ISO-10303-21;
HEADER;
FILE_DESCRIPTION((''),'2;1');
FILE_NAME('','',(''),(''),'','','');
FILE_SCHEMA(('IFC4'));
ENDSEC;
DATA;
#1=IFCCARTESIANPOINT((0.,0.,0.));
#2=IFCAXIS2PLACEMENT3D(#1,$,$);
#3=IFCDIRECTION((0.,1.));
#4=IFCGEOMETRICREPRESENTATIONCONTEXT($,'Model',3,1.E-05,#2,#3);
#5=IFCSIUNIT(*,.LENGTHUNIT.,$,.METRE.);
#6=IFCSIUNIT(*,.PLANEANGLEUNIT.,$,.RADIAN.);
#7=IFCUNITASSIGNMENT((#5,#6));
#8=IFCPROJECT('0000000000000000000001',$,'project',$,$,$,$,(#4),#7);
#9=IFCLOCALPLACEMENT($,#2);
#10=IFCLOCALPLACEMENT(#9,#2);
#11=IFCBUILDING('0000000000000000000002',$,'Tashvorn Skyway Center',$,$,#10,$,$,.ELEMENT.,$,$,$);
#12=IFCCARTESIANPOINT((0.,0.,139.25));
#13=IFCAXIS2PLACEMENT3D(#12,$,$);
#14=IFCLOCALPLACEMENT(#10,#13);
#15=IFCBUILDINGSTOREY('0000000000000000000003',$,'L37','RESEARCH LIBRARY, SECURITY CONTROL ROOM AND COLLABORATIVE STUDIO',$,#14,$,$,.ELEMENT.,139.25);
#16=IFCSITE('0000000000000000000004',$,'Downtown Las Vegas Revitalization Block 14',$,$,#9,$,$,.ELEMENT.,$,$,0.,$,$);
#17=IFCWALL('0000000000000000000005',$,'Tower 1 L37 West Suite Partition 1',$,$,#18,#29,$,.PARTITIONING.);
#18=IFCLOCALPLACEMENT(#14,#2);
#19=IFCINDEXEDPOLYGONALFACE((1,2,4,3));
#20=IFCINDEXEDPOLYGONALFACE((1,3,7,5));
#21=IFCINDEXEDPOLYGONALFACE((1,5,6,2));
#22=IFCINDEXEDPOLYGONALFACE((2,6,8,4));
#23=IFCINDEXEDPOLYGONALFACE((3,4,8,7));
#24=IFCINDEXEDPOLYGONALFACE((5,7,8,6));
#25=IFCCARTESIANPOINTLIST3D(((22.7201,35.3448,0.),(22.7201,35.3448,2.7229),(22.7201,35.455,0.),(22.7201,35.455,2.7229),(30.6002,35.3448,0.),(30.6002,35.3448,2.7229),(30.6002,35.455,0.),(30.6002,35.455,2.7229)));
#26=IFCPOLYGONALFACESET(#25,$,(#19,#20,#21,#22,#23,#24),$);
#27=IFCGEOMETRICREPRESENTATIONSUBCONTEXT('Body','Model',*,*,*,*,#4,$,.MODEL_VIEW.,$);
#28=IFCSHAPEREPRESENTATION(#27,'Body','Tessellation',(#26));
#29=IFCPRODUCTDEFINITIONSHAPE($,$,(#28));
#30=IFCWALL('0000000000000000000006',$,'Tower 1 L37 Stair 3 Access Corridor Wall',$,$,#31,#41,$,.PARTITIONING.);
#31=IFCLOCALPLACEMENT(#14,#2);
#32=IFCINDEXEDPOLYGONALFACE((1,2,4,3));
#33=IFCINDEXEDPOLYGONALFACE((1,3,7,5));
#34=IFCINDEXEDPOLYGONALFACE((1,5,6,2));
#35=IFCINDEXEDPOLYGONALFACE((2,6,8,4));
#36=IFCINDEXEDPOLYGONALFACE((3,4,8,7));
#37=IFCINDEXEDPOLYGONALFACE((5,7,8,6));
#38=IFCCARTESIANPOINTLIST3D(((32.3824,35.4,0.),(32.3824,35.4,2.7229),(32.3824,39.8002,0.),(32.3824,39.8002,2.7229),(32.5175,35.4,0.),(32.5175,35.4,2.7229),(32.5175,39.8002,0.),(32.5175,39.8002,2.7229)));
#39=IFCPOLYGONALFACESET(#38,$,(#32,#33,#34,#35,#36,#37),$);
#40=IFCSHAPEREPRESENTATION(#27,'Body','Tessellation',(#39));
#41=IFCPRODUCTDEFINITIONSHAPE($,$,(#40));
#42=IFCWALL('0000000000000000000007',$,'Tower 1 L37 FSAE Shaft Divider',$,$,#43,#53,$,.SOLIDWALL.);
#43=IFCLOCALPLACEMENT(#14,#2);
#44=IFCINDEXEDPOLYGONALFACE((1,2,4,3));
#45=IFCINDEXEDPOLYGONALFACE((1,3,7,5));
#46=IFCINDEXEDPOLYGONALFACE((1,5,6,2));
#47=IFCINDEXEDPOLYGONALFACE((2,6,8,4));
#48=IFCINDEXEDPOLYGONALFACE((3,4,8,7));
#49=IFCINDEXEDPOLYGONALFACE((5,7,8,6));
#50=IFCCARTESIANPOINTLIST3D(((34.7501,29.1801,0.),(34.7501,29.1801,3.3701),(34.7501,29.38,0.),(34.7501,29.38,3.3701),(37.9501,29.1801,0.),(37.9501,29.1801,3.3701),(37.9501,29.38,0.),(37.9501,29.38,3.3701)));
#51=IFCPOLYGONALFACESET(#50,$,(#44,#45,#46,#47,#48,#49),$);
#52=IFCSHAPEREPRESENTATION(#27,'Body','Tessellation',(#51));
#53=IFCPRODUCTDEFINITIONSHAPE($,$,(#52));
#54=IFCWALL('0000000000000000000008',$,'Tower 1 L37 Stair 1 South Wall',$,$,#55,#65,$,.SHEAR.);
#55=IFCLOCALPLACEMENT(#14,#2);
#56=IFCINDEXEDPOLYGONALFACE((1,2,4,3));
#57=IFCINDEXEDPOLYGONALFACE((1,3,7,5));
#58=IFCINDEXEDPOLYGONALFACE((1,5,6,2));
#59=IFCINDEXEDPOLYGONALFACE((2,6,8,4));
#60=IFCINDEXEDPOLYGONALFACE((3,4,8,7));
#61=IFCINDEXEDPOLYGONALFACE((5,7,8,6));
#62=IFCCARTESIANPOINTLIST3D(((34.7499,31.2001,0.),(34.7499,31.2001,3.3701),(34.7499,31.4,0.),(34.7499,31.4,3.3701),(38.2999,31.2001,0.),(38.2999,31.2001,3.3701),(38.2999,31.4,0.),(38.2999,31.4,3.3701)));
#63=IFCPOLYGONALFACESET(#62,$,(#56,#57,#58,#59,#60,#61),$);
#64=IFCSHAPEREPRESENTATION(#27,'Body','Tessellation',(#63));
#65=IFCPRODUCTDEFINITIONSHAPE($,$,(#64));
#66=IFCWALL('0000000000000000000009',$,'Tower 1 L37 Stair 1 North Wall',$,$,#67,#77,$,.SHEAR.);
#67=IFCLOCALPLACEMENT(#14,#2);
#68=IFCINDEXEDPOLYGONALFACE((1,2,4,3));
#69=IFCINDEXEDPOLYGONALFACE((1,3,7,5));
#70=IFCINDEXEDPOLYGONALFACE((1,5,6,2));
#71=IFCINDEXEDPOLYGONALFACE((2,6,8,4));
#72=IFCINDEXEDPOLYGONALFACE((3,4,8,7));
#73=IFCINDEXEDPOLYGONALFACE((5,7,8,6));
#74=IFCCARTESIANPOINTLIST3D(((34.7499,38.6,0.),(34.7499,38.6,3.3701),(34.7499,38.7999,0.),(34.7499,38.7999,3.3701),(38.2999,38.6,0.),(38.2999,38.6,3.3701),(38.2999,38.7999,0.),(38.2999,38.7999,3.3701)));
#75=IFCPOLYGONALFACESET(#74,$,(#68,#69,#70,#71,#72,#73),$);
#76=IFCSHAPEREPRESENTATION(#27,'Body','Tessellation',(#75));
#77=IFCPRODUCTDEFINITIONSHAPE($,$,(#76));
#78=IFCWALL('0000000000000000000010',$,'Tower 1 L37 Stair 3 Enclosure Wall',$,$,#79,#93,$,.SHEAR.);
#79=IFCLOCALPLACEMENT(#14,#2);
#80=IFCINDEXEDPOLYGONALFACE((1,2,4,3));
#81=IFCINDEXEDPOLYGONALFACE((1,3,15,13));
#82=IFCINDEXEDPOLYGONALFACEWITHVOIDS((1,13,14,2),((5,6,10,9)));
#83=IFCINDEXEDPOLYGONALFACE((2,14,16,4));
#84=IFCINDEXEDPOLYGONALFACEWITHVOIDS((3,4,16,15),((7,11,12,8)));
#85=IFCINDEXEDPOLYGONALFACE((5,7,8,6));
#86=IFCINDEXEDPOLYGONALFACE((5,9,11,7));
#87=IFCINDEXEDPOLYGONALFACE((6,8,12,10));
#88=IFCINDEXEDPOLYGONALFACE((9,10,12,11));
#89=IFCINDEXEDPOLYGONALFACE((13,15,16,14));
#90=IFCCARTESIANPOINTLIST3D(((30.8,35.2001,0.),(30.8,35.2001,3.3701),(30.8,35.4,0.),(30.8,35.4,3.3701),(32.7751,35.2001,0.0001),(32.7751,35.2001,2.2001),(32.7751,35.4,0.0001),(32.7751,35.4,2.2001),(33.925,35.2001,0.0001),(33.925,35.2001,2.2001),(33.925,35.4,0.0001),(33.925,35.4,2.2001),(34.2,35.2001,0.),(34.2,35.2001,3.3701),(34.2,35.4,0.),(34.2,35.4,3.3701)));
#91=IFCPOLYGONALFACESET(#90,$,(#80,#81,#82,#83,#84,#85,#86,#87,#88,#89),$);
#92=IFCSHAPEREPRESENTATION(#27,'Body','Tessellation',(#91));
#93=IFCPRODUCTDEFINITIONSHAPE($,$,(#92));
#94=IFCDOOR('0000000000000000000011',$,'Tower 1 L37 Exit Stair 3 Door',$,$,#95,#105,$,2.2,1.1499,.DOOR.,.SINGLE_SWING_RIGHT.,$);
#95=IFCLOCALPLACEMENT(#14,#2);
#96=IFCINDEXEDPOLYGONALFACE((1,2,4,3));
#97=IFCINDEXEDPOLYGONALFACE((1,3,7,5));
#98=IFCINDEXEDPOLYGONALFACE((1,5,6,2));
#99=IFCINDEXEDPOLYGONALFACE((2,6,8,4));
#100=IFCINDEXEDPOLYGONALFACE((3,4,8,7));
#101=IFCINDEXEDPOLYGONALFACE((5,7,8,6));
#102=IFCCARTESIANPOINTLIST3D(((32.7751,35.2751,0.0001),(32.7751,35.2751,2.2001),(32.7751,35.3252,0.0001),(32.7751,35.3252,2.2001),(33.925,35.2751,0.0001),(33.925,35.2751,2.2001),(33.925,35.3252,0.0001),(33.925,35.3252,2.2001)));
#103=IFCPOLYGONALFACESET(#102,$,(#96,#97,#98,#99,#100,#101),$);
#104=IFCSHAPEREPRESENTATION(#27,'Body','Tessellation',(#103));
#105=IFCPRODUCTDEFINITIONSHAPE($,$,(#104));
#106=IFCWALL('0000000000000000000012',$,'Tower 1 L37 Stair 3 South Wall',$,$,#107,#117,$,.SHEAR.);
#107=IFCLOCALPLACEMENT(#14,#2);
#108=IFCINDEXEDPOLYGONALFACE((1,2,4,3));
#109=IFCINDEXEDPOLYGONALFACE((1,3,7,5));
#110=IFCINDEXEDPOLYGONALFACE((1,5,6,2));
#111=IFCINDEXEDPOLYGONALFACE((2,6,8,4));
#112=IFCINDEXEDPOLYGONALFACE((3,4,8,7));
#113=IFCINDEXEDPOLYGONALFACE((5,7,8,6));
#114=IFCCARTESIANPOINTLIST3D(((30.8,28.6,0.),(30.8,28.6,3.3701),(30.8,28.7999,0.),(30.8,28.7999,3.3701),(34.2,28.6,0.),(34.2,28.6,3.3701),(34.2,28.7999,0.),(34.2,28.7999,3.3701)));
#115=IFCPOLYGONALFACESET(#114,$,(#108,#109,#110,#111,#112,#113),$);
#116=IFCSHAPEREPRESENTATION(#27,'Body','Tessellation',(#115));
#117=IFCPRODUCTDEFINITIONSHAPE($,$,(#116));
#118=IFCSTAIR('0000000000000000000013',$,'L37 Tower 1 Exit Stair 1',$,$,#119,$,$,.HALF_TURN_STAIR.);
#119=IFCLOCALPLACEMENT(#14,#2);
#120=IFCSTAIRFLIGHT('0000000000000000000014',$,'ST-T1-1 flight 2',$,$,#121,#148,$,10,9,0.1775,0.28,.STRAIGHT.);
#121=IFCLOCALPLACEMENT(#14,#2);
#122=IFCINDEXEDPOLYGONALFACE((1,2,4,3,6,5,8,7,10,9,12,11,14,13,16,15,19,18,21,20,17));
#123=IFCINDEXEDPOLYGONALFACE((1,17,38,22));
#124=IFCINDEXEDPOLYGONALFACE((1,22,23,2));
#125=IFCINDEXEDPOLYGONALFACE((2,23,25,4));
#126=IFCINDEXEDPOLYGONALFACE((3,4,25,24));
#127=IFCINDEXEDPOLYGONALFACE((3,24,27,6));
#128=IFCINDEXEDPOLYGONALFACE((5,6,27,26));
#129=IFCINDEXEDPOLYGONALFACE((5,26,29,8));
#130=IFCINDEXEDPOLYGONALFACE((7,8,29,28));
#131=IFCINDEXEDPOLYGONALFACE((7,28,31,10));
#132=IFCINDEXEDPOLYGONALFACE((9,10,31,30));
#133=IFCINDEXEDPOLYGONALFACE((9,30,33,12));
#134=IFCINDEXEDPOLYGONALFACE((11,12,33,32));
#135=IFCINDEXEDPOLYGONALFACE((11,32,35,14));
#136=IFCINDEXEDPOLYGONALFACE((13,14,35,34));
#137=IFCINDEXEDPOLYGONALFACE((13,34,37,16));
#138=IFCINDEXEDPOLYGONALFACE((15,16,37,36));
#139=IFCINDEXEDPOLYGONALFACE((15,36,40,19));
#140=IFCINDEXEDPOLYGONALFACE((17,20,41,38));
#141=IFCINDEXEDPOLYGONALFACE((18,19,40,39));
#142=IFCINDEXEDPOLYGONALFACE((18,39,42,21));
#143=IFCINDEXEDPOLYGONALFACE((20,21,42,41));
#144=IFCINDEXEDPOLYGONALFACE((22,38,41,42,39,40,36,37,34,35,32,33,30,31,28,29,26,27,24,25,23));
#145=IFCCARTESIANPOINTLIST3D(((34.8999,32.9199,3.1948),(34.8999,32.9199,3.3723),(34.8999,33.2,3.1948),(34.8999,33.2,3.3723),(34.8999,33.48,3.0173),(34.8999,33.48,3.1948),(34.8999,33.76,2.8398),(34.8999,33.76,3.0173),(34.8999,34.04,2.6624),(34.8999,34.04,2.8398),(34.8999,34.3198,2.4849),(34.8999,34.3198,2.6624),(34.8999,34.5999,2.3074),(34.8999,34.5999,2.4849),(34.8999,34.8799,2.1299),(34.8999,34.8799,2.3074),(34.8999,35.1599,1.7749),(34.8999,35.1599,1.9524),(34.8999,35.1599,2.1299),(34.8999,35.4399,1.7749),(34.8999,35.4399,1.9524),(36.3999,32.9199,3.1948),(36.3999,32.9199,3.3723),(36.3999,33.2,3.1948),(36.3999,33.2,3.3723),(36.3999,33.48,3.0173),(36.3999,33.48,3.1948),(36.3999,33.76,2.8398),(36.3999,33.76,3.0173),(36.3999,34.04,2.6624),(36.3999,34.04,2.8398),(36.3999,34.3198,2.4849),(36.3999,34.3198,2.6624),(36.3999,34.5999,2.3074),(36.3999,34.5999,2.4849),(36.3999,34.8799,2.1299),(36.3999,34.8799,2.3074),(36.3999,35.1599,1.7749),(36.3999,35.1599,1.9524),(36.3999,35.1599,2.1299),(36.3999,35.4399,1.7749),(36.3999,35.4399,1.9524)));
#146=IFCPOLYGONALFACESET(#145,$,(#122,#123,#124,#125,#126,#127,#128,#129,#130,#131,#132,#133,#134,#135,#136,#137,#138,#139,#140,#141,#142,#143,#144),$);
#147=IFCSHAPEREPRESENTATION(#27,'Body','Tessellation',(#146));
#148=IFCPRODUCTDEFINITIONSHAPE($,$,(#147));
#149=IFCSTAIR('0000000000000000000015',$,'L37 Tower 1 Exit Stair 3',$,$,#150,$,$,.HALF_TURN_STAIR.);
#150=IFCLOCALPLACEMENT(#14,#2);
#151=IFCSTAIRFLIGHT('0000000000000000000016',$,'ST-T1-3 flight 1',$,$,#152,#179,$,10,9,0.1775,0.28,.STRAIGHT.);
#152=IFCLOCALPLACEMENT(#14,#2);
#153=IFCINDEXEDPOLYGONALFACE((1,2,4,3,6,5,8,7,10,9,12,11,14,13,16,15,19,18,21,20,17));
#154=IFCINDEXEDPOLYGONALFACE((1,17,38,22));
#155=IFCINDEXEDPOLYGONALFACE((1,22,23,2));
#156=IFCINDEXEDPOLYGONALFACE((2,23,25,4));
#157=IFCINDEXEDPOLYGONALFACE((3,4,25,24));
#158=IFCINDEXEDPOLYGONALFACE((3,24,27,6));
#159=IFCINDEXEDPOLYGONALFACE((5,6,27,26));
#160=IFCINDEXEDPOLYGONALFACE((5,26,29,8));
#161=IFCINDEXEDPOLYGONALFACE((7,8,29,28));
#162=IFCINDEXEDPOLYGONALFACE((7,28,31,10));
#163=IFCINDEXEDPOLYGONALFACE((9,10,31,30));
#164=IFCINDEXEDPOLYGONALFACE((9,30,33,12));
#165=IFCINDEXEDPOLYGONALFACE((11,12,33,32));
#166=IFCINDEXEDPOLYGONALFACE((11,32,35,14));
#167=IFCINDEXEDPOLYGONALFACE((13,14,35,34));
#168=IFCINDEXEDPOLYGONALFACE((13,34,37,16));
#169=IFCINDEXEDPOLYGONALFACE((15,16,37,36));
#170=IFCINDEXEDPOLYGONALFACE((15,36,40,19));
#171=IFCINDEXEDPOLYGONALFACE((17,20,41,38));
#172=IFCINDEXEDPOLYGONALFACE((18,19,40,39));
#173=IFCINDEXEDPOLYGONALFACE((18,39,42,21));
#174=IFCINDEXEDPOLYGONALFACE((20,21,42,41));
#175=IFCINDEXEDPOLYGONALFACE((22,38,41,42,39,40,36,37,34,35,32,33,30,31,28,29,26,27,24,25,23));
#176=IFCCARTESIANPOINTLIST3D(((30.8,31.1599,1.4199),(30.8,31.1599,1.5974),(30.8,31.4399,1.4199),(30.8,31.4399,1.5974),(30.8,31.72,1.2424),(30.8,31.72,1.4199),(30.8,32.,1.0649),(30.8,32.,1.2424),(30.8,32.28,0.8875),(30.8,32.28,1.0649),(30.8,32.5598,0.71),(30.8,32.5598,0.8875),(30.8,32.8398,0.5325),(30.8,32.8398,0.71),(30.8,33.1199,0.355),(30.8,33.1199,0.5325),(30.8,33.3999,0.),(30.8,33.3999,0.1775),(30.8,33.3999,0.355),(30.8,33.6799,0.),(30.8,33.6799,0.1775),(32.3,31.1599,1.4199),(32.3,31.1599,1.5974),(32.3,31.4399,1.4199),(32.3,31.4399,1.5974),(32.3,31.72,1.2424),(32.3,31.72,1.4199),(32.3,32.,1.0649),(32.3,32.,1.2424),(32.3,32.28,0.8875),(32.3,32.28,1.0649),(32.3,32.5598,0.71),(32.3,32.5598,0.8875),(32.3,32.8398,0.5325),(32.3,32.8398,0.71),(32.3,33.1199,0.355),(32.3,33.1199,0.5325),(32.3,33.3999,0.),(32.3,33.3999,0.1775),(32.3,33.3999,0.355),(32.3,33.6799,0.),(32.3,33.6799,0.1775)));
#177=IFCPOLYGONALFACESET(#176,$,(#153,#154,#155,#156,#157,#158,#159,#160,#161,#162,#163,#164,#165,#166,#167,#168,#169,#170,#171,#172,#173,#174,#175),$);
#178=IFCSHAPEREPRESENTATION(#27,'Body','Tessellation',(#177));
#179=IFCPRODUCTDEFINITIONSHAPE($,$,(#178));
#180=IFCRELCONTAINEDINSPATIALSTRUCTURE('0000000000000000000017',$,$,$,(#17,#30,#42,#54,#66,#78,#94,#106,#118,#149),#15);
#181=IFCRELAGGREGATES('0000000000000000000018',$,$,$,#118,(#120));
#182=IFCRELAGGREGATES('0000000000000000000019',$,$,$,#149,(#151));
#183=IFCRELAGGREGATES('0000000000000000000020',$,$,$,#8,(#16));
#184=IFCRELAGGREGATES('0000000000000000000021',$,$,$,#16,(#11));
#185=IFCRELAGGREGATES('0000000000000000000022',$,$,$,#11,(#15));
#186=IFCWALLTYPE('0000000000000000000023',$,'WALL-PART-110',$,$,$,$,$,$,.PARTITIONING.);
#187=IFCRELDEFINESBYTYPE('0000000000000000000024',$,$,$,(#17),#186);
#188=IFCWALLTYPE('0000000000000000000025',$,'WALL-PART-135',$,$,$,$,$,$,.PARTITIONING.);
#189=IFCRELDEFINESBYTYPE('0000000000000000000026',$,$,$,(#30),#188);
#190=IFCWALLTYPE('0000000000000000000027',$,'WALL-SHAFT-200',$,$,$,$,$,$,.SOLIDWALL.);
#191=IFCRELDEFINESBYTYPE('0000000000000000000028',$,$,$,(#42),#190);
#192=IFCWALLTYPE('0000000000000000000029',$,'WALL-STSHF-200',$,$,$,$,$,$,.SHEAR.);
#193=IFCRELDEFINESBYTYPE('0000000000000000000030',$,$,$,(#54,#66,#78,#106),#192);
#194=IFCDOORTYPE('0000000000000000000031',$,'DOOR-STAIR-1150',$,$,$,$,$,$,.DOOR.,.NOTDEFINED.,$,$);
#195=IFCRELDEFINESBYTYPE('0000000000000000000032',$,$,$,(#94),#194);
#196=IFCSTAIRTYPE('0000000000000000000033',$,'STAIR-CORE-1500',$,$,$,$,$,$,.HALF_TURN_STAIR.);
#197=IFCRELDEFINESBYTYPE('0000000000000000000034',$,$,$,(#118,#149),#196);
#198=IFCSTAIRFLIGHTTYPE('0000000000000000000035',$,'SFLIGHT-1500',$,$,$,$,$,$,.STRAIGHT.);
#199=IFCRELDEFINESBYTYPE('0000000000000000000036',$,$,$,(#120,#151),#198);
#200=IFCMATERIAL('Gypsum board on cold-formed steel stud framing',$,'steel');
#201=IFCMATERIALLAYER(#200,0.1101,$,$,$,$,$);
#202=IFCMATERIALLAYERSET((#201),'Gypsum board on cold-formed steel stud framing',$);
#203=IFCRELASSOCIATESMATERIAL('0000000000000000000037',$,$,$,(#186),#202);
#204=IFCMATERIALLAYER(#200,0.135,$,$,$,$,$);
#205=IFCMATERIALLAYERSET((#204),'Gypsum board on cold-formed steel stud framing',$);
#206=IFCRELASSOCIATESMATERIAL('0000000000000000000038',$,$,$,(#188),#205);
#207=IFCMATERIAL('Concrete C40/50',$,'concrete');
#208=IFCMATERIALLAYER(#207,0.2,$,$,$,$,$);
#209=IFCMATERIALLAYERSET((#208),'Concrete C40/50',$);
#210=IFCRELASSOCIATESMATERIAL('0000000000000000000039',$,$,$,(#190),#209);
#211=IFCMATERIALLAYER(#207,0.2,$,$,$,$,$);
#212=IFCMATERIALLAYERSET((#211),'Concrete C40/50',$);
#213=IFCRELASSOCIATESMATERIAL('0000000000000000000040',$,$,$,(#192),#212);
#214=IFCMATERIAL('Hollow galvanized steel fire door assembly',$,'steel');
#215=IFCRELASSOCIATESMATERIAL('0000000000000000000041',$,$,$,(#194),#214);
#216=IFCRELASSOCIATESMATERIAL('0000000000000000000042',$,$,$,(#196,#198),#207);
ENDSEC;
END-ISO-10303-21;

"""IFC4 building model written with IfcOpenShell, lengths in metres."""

from ifc_helpers import new_model, si_unit, direction, frame, frame_2d, origin, place, context, subcontext, project, spatial, polyline, rectangle, outline, extrude, material, layer, layer_set, type_object, element, fill, aggregate, save


model = new_model("IFC4")

# Units and contexts
model_context = context("Model", 3, precision=1e-05, world=origin(), true_north=direction((0.0, 1.0)))
body_context = subcontext(model_context, "Body", "Model", "MODEL_VIEW")
ifc_project = project(units=[si_unit("LENGTHUNIT", "METRE"), si_unit("PLANEANGLEUNIT", "RADIAN")], contexts=[model_context])

# Site, building, storey
site_placement = place(None, origin())
site = spatial("IfcSite", under=ifc_project, at=site_placement, Name="Downtown Las Vegas Revitalization Block 14", CompositionType="ELEMENT", RefElevation=0.0)
building_placement = place(site_placement, origin())
building = spatial("IfcBuilding", under=site, at=building_placement, Name="Tashvorn Skyway Center", CompositionType="ELEMENT")
storey_placement = place(building_placement, frame((0.0, 0.0, 139.25)))
storey = spatial("IfcBuildingStorey", under=building, at=storey_placement, Name="L37", Description="RESEARCH LIBRARY, SECURITY CONTROL ROOM AND COLLABORATIVE STUDIO", CompositionType="ELEMENT", Elevation=139.25)

# Walls
ifc_material_1 = material(Name="Gypsum board on cold-formed steel stud framing", Category="steel")
ifc_layer_1 = layer(ifc_material_1, 0.1101)
ifc_layer_set_1 = layer_set([ifc_layer_1], Name="Gypsum board on cold-formed steel stud framing")
wall_type_1 = type_object("IfcWallType", Name="WALL-PART-110", PredefinedType="PARTITIONING", material=ifc_layer_set_1)
wall_1_placement = place(storey_placement, frame((30.6001, 35.3999, 0.0), z_axis=(0.0, 0.0, 1.0), x_axis=(-1.0, 0.0, 0.0)))
element("IfcWall", 1, at=wall_1_placement, inside=storey, type_object=wall_type_1, Name="Tower 1 L37 West Suite Partition 1", PredefinedType="PARTITIONING", context=body_context, shape_type="SweptSolid", body=[
    extrude(rectangle(XDim=7.8801, YDim=0.1101, at=frame_2d((3.9399, 0.0))), origin(), (0.0, 0.0, 1.0), 2.7229),
])
ifc_layer_2 = layer(ifc_material_1, 0.135)
ifc_layer_set_2 = layer_set([ifc_layer_2], Name="Gypsum board on cold-formed steel stud framing")
wall_type_2 = type_object("IfcWallType", Name="WALL-PART-135", PredefinedType="PARTITIONING", material=ifc_layer_set_2)
wall_2_placement = place(storey_placement, frame((32.45, 35.3999, 0.0), z_axis=(0.0, 0.0, 1.0), x_axis=(0.0, 1.0, 0.0)))
element("IfcWall", 2, at=wall_2_placement, inside=storey, type_object=wall_type_2, Name="Tower 1 L37 Stair 3 Access Corridor Wall", PredefinedType="PARTITIONING", context=body_context, shape_type="SweptSolid", body=[
    extrude(rectangle(XDim=4.4001, YDim=0.135, at=frame_2d((2.2002, 0.0))), origin(), (0.0, 0.0, 1.0), 2.7229),
])
ifc_material_2 = material(Name="Concrete C40/50", Category="concrete")
ifc_layer_3 = layer(ifc_material_2, 0.2)
ifc_layer_set_3 = layer_set([ifc_layer_3], Name="Concrete C40/50")
wall_type_3 = type_object("IfcWallType", Name="WALL-SHAFT-200", PredefinedType="SOLIDWALL", material=ifc_layer_set_3)
wall_3_placement = place(storey_placement, frame((34.75, 29.28, 0.0), z_axis=(0.0, 0.0, 1.0), x_axis=(1.0, 0.0, 0.0)))
element("IfcWall", 3, at=wall_3_placement, inside=storey, type_object=wall_type_3, Name="Tower 1 L37 FSAE Shaft Divider", PredefinedType="SOLIDWALL", context=body_context, shape_type="SweptSolid", body=[
    extrude(rectangle(XDim=3.2, YDim=0.2, at=frame_2d((1.6001, 0.0))), origin(), (0.0, 0.0, 1.0), 3.3701),
])
ifc_layer_4 = layer(ifc_material_2, 0.2)
ifc_layer_set_4 = layer_set([ifc_layer_4], Name="Concrete C40/50")
wall_type_4 = type_object("IfcWallType", Name="WALL-STSHF-200", PredefinedType="SHEAR", material=ifc_layer_set_4)
for number, where, z_axis, x_axis, name in (
    (4, (34.75, 31.3, 0.0), (0.0, 0.0, 1.0), (1.0, 0.0, 0.0), "Tower 1 L37 Stair 1 South Wall"),
    (5, (34.75, 38.7, 0.0), (0.0, 0.0, 1.0), (1.0, 0.0, 0.0), "Tower 1 L37 Stair 1 North Wall"),
):
    element("IfcWall", number, at=place(storey_placement, frame(where, z_axis=z_axis, x_axis=x_axis)), inside=storey, type_object=wall_type_4, Name=name, PredefinedType="SHEAR", context=body_context, shape_type="SweptSolid", body=[
        extrude(rectangle(XDim=3.55, YDim=0.2, at=frame_2d((1.7749, 0.0))), origin(), (0.0, 0.0, 1.0), 3.3701),
    ])

# Wall, opening, door
wall_4_placement = place(storey_placement, frame((34.2, 35.3, 0.0), z_axis=(0.0, 0.0, 1.0), x_axis=(-1.0, 0.0, 0.0)))
wall_4 = element("IfcWall", 6, at=wall_4_placement, inside=storey, type_object=wall_type_4, Name="Tower 1 L37 Stair 3 Enclosure Wall", PredefinedType="SHEAR", context=body_context, shape_type="SweptSolid", body=[
    extrude(rectangle(XDim=3.3999, YDim=0.2, at=frame_2d((1.7, 0.0))), origin(), (0.0, 0.0, 1.0), 3.3701),
])
opening_placement = place(wall_4_placement, frame((0.2749, 0.0, 0.0)))
opening = element("IfcOpeningElement", 7, at=opening_placement, cuts=wall_4, PredefinedType="OPENING", context=body_context, shape_type="SweptSolid", body=[
    extrude(rectangle(XDim=1.1499, YDim=2.2, at=frame_2d((0.575, 1.1001))), frame((0.0, 0.1099, 0.0), z_axis=(0.0, -1.0, 0.0), x_axis=(1.0, 0.0, 0.0)), (0.0, 0.0, 1.0), 0.22),
])
ifc_material_3 = material(Name="Hollow galvanized steel fire door assembly", Category="steel")
door_type = type_object("IfcDoorType", Name="DOOR-STAIR-1150", OperationType="NOTDEFINED", PredefinedType="DOOR", material=ifc_material_3)
door_placement = place(opening_placement, origin())
door = element("IfcDoor", 8, at=door_placement, inside=storey, type_object=door_type, Name="Tower 1 L37 Exit Stair 3 Door", OperationType="SINGLE_SWING_RIGHT", OverallHeight=2.2, OverallWidth=1.1499, PredefinedType="DOOR", context=body_context, shape_type="SweptSolid", body=[
    extrude(rectangle(XDim=1.1499, YDim=2.2, at=frame_2d((0.575, 1.1001))), frame((0.0, 0.0249, 0.0), z_axis=(0.0, -1.0, 0.0), x_axis=(1.0, 0.0, 0.0)), (0.0, 0.0, 1.0), 0.05),
])
fill(opening, door)

# Wall
wall_5_placement = place(storey_placement, frame((30.8, 28.7, 0.0), z_axis=(0.0, 0.0, 1.0), x_axis=(1.0, 0.0, 0.0)))
element("IfcWall", 9, at=wall_5_placement, inside=storey, type_object=wall_type_4, Name="Tower 1 L37 Stair 3 South Wall", PredefinedType="SHEAR", context=body_context, shape_type="SweptSolid", body=[
    extrude(rectangle(XDim=3.3999, YDim=0.2, at=frame_2d((1.7, 0.0))), origin(), (0.0, 0.0, 1.0), 3.3701),
])

# Stair, stair flight
stair_type = type_object("IfcStairType", Name="STAIR-CORE-1500", PredefinedType="HALF_TURN_STAIR", material=ifc_material_2)
stair_1_placement = place(storey_placement, origin())
stair_1 = element("IfcStair", 10, at=stair_1_placement, inside=storey, type_object=stair_type, Name="L37 Tower 1 Exit Stair 1", PredefinedType="HALF_TURN_STAIR")
stair_flight_type = type_object("IfcStairFlightType", Name="SFLIGHT-1500", PredefinedType="STRAIGHT", material=ifc_material_2)
stair_flight_1_placement = place(storey_placement, frame((35.6499, 35.4399, 1.7749), z_axis=(0.0, 0.0, 1.0), x_axis=(0.0, -1.0, 0.0)))
stair_flight_1 = element("IfcStairFlight", 11, at=stair_flight_1_placement, type_object=stair_flight_type, Name="ST-T1-1 flight 2", NumberOfRisers=10, NumberOfTreads=9, PredefinedType="STRAIGHT", RiserHeight=0.1775, TreadLength=0.28, context=body_context, shape_type="SweptSolid", body=[
    extrude(outline(polyline([(0.0, 0.0), (0.0, 0.1775), (0.28, 0.1775), (0.28, 0.355), (0.5601, 0.355), (0.5601, 0.5325), (0.8401, 0.5325), (0.8401, 0.71), (1.1201, 0.71), (1.1201, 0.8875), (1.3999, 0.8875), (1.3999, 1.0649), (1.6799, 1.0649), (1.6799, 1.2424), (1.96, 1.2424), (1.96, 1.4199), (2.24, 1.4199), (2.24, 1.5974), (2.52, 1.5974), (2.52, 1.7749), (2.52, 1.4199), (0.28, 0.0), (0.0, 0.0)])), frame((0.0, 0.75, 0.0), z_axis=(0.0, -1.0, 0.0), x_axis=(1.0, 0.0, 0.0)), (0.0, 0.0, 1.0), 1.5),
])
aggregate(stair_1, [stair_flight_1])

# Stair, stair flight
stair_2_placement = place(storey_placement, origin())
stair_2 = element("IfcStair", 12, at=stair_2_placement, inside=storey, type_object=stair_type, Name="L37 Tower 1 Exit Stair 3", PredefinedType="HALF_TURN_STAIR")
stair_flight_2_placement = place(storey_placement, frame((31.55, 33.6799, 0.0), z_axis=(0.0, 0.0, 1.0), x_axis=(0.0, -1.0, 0.0)))
stair_flight_2 = element("IfcStairFlight", 13, at=stair_flight_2_placement, type_object=stair_flight_type, Name="ST-T1-3 flight 1", NumberOfRisers=10, NumberOfTreads=9, PredefinedType="STRAIGHT", RiserHeight=0.1775, TreadLength=0.28, context=body_context, shape_type="SweptSolid", body=[
    extrude(outline(polyline([(0.0, 0.0), (0.0, 0.1775), (0.28, 0.1775), (0.28, 0.355), (0.5601, 0.355), (0.5601, 0.5325), (0.8401, 0.5325), (0.8401, 0.71), (1.1201, 0.71), (1.1201, 0.8875), (1.3999, 0.8875), (1.3999, 1.0649), (1.6799, 1.0649), (1.6799, 1.2424), (1.96, 1.2424), (1.96, 1.4199), (2.24, 1.4199), (2.24, 1.5974), (2.52, 1.5974), (2.52, 1.7749), (2.52, 1.4199), (0.28, 0.0), (0.0, 0.0)])), frame((0.0, 0.75, 0.0), z_axis=(0.0, -1.0, 0.0), x_axis=(1.0, 0.0, 0.0)), (0.0, 0.0, 1.0), 1.5),
])
aggregate(stair_2, [stair_flight_2])

save(model, "model.ifc")
